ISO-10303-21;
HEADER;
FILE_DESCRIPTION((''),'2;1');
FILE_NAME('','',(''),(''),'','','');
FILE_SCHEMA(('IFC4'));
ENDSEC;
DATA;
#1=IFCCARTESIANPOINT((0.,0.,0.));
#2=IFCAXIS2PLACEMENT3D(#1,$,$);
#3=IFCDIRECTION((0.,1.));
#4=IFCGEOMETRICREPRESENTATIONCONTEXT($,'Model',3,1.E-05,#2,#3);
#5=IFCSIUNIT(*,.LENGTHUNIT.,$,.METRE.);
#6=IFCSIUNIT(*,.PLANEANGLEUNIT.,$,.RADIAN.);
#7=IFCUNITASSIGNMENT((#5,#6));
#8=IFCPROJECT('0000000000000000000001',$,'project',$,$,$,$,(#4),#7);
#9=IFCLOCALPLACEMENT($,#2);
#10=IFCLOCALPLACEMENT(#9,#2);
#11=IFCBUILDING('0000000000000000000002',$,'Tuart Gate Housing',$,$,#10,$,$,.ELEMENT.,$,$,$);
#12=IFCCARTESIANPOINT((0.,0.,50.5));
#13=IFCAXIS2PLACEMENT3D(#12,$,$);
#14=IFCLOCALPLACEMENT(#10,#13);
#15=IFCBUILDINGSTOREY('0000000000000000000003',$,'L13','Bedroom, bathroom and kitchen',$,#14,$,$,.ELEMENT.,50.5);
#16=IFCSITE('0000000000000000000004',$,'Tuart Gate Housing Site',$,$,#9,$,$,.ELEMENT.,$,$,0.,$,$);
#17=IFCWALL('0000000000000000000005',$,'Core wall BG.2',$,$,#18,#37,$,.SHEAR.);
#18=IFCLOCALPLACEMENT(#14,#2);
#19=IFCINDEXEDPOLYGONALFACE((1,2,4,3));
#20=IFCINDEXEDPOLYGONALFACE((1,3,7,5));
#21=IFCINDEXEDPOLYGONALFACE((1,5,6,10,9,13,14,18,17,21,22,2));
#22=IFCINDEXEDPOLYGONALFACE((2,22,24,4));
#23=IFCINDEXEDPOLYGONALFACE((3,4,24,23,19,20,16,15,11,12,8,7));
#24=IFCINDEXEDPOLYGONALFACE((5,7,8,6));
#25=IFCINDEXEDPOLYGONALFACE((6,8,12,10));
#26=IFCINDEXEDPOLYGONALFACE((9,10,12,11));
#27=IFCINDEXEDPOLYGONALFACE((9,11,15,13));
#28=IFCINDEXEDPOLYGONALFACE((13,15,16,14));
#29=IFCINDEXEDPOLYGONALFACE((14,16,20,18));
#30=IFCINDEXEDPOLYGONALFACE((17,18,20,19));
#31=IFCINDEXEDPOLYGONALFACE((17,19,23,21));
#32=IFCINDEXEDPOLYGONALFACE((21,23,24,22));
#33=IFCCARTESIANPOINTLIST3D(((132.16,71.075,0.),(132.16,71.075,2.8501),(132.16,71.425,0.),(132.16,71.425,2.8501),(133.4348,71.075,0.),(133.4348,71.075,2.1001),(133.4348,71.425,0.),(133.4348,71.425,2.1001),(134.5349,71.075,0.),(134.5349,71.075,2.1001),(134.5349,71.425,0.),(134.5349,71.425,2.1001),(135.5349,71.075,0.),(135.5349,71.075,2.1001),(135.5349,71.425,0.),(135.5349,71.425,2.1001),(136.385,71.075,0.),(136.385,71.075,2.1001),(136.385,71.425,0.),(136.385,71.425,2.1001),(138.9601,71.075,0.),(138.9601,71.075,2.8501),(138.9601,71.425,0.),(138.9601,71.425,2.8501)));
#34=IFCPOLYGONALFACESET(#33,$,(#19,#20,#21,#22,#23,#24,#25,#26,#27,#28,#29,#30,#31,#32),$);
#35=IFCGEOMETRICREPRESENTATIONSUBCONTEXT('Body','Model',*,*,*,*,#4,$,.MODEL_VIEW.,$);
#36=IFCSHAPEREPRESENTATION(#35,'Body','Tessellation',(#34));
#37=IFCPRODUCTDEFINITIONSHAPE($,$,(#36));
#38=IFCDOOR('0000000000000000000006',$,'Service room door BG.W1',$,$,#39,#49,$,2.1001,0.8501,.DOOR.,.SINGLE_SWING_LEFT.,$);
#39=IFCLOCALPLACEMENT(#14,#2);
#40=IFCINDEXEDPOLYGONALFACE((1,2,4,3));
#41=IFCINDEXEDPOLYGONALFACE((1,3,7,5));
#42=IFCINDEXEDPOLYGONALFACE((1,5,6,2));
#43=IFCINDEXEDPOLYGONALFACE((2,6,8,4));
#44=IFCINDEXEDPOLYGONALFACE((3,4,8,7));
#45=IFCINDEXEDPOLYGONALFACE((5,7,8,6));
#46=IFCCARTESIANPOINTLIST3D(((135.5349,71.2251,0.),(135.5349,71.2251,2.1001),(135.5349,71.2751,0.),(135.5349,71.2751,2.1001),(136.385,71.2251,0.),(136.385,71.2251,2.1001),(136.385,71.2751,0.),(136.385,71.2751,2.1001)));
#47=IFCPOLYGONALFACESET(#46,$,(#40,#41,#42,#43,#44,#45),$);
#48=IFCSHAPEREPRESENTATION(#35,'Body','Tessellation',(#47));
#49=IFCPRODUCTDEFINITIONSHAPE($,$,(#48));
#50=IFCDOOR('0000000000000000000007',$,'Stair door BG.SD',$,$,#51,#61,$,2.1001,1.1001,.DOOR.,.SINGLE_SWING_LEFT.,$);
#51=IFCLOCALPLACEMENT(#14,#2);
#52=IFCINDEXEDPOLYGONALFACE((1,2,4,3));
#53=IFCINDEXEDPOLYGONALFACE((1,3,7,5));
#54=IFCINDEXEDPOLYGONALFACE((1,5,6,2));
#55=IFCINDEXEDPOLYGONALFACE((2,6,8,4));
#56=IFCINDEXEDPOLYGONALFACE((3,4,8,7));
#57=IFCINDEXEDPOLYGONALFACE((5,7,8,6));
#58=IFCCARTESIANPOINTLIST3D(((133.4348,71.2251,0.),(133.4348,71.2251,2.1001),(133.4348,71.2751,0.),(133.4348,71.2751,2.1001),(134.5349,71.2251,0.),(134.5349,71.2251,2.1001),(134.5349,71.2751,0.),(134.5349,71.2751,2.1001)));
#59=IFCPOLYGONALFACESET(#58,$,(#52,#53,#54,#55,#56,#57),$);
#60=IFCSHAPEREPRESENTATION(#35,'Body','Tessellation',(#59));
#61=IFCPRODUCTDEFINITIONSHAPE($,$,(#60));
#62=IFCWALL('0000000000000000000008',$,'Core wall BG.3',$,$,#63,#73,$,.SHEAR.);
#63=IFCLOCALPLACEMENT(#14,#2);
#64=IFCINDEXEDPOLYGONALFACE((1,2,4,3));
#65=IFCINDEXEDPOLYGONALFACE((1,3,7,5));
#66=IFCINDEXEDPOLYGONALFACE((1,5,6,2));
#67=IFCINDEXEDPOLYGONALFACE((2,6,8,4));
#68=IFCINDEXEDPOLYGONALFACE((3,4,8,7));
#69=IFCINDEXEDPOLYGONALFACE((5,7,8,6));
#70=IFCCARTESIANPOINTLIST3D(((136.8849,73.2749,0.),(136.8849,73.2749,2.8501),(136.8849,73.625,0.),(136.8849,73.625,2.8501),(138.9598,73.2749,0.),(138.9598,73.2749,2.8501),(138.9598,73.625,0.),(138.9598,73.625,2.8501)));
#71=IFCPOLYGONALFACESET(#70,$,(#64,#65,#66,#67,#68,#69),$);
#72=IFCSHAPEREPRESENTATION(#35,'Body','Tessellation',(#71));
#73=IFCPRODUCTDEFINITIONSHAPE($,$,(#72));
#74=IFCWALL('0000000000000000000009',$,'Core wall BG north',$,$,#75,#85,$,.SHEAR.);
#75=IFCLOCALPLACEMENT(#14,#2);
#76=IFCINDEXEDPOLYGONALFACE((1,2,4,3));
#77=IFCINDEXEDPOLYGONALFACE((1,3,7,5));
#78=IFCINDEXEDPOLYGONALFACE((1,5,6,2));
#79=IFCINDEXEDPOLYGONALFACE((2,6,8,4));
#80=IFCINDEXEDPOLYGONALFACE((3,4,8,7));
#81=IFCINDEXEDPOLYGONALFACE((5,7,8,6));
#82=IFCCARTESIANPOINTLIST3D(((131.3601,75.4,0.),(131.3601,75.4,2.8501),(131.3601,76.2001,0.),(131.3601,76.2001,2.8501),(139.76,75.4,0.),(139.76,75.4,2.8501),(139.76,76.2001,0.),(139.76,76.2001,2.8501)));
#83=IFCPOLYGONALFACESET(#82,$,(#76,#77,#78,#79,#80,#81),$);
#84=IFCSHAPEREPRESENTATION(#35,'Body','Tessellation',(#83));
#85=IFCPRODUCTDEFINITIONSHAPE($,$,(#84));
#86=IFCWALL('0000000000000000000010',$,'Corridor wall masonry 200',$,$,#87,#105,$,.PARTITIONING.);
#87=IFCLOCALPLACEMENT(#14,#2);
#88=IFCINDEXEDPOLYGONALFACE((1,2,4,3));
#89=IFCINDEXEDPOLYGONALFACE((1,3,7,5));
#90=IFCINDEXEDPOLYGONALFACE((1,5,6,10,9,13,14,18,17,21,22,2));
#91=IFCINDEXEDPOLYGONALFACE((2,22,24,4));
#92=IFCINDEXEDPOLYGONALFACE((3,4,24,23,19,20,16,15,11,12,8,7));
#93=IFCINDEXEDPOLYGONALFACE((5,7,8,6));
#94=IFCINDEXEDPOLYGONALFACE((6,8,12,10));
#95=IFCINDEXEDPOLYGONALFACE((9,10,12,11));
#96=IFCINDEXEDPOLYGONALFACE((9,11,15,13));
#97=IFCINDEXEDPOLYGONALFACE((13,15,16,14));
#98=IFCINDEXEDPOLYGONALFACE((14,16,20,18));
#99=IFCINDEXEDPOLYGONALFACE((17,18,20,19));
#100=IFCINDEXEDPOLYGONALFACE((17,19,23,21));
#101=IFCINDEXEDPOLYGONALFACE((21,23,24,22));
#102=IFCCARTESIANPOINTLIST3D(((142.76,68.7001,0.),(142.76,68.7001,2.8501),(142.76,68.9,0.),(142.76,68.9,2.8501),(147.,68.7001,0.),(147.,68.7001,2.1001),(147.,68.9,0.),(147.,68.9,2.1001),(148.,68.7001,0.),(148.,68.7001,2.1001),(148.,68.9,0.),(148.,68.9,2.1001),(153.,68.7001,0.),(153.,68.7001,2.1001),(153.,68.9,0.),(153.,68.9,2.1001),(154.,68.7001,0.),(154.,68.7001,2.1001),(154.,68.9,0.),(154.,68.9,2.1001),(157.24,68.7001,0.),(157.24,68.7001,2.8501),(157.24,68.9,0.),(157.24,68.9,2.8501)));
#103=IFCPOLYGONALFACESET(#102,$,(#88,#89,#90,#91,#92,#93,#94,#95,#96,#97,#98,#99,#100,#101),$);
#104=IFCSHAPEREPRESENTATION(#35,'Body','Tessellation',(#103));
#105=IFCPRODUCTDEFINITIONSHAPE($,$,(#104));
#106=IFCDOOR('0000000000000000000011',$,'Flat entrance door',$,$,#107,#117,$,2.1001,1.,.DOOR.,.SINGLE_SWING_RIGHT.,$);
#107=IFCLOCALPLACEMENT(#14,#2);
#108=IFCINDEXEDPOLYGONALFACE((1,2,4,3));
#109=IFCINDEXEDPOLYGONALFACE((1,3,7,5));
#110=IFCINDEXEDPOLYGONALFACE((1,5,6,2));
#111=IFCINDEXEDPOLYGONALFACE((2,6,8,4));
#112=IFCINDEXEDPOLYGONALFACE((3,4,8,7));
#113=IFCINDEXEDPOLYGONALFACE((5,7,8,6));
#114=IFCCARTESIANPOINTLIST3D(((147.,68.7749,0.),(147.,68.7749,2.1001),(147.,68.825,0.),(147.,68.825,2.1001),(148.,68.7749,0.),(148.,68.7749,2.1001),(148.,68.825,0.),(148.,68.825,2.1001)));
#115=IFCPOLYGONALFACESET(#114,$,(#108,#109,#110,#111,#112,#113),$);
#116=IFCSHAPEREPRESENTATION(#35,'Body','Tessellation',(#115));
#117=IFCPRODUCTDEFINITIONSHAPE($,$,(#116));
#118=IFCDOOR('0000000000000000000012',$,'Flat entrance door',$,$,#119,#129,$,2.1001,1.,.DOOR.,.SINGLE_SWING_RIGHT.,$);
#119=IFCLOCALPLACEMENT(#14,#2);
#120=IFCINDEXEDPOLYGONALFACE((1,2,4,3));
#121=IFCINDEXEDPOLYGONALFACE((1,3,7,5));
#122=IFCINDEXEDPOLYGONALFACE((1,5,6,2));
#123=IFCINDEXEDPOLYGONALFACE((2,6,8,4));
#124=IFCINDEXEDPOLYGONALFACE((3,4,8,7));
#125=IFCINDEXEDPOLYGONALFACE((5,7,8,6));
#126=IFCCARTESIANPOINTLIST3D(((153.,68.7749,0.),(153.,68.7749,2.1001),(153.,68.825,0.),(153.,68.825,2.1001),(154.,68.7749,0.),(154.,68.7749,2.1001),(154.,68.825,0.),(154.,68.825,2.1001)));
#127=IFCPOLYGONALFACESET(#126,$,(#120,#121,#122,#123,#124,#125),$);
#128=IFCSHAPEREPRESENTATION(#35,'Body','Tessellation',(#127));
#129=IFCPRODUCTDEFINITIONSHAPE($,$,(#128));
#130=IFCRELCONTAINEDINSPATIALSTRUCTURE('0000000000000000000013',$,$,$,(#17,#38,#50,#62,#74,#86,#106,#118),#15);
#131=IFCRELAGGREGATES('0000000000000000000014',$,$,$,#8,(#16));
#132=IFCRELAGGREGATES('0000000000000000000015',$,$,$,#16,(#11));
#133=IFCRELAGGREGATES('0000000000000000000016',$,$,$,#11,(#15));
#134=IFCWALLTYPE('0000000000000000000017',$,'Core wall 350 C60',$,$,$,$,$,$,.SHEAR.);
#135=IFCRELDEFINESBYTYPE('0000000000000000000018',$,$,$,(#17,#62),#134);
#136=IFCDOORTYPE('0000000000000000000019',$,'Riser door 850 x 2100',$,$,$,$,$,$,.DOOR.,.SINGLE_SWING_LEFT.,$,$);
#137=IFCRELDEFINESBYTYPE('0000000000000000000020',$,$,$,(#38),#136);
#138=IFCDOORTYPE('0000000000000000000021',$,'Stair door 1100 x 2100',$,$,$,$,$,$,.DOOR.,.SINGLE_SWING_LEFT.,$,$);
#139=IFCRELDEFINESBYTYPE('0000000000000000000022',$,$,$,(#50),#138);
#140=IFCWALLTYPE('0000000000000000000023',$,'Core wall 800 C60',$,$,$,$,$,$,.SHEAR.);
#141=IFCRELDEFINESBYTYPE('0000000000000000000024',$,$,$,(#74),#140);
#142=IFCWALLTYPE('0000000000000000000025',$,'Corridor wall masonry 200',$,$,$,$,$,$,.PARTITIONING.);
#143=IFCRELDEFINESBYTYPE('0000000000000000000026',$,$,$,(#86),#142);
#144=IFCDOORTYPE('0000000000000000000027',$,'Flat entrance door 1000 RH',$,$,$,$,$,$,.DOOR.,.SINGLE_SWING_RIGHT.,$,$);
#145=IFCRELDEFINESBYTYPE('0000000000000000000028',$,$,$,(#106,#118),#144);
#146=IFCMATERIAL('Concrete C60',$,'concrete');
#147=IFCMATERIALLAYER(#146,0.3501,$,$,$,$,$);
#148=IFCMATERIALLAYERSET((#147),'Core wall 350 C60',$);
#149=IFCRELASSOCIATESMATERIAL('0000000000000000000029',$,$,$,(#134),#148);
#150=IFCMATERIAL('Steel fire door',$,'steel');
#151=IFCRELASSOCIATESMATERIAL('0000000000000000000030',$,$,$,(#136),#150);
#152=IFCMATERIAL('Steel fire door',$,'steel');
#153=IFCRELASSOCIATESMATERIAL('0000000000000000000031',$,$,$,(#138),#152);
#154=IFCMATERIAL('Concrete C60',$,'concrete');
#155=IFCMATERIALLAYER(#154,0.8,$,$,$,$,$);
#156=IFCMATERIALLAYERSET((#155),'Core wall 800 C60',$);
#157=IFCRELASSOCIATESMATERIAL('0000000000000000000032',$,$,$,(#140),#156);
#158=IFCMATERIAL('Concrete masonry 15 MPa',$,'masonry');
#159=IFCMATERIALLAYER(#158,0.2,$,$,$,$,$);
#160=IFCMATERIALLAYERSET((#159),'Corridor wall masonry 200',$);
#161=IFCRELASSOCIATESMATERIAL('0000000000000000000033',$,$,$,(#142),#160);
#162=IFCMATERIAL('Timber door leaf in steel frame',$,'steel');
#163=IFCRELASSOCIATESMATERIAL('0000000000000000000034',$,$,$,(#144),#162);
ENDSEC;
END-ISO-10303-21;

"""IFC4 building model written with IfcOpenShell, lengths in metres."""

from ifc_helpers import new_model, si_unit, direction, frame, frame_2d, origin, place, context, subcontext, project, spatial, rectangle, extrude, material, layer, layer_set, type_object, element, fill, save


model = new_model("IFC4")

# Units and contexts
model_context = context("Model", 3, precision=1e-05, world=origin(), true_north=direction((0.0, 1.0)))
body_context = subcontext(model_context, "Body", "Model", "MODEL_VIEW")
ifc_project = project(units=[si_unit("LENGTHUNIT", "METRE"), si_unit("PLANEANGLEUNIT", "RADIAN")], contexts=[model_context])

# Site, building, storey
site_placement = place(None, origin())
site = spatial("IfcSite", under=ifc_project, at=site_placement, Name="Tuart Gate Housing Site", CompositionType="ELEMENT", RefElevation=0.0)
building_placement = place(site_placement, origin())
building = spatial("IfcBuilding", under=site, at=building_placement, Name="Tuart Gate Housing", CompositionType="ELEMENT")
storey_placement = place(building_placement, frame((0.0, 0.0, 50.5)))
storey = spatial("IfcBuildingStorey", under=building, at=storey_placement, Name="L13", Description="Bedroom, bathroom and kitchen", CompositionType="ELEMENT", Elevation=50.5)

# Wall, openings, doors
ifc_material_1 = material(Name="Concrete C60", Category="concrete")
ifc_layer_1 = layer(ifc_material_1, 0.3501)
ifc_layer_set_1 = layer_set([ifc_layer_1], Name="Core wall 350 C60")
wall_type_1 = type_object("IfcWallType", Name="Core wall 350 C60", PredefinedType="SHEAR", material=ifc_layer_set_1)
wall_1_placement = place(storey_placement, frame((138.96, 71.25, 0.0), z_axis=(0.0, 0.0, 1.0), x_axis=(-1.0, 0.0, 0.0)))
wall_1 = element("IfcWall", 1, at=wall_1_placement, inside=storey, type_object=wall_type_1, Name="Core wall BG.2", PredefinedType="SHEAR", context=body_context, shape_type="SweptSolid", body=[
    extrude(rectangle(XDim=6.8, YDim=0.3501, at=frame_2d((3.3999, 0.0))), origin(), (0.0, 0.0, 1.0), 2.8501),
])
opening_1_placement = place(wall_1_placement, frame((4.425, 0.0, 0.0)))
opening_1 = element("IfcOpeningElement", 2, at=opening_1_placement, cuts=wall_1, PredefinedType="OPENING", context=body_context, shape_type="SweptSolid", body=[
    extrude(rectangle(XDim=1.1001, YDim=2.1001, at=frame_2d((0.55, 1.05))), frame((0.0, 0.1851, 0.0), z_axis=(0.0, -1.0, 0.0), x_axis=(1.0, 0.0, 0.0)), (0.0, 0.0, 1.0), 0.3701),
])
opening_2_placement = place(wall_1_placement, frame((2.575, 0.0, 0.0)))
opening_2 = element("IfcOpeningElement", 3, at=opening_2_placement, cuts=wall_1, PredefinedType="OPENING", context=body_context, shape_type="SweptSolid", body=[
    extrude(rectangle(XDim=0.8501, YDim=2.1001, at=frame_2d((0.425, 1.05))), frame((0.0, 0.1851, 0.0), z_axis=(0.0, -1.0, 0.0), x_axis=(1.0, 0.0, 0.0)), (0.0, 0.0, 1.0), 0.3701),
])
ifc_material_2 = material(Name="Steel fire door", Category="steel")
door_type_1 = type_object("IfcDoorType", Name="Riser door 850 x 2100", OperationType="SINGLE_SWING_LEFT", PredefinedType="DOOR", material=ifc_material_2)
door_1_placement = place(opening_2_placement, origin())
door_1 = element("IfcDoor", 4, at=door_1_placement, inside=storey, type_object=door_type_1, Name="Service room door BG.W1", OperationType="SINGLE_SWING_LEFT", OverallHeight=2.1001, OverallWidth=0.8501, PredefinedType="DOOR", context=body_context, shape_type="SweptSolid", body=[
    extrude(rectangle(XDim=0.8501, YDim=2.1001, at=frame_2d((0.425, 1.05))), frame((0.0, 0.0249, 0.0), z_axis=(0.0, -1.0, 0.0), x_axis=(1.0, 0.0, 0.0)), (0.0, 0.0, 1.0), 0.05),
])
fill(opening_2, door_1)
ifc_material_3 = material(Name="Steel fire door", Category="steel")
door_type_2 = type_object("IfcDoorType", Name="Stair door 1100 x 2100", OperationType="SINGLE_SWING_LEFT", PredefinedType="DOOR", material=ifc_material_3)
door_2_placement = place(opening_1_placement, origin())
door_2 = element("IfcDoor", 5, at=door_2_placement, inside=storey, type_object=door_type_2, Name="Stair door BG.SD", OperationType="SINGLE_SWING_LEFT", OverallHeight=2.1001, OverallWidth=1.1001, PredefinedType="DOOR", context=body_context, shape_type="SweptSolid", body=[
    extrude(rectangle(XDim=1.1001, YDim=2.1001, at=frame_2d((0.55, 1.05))), frame((0.0, 0.0249, 0.0), z_axis=(0.0, -1.0, 0.0), x_axis=(1.0, 0.0, 0.0)), (0.0, 0.0, 1.0), 0.05),
])
fill(opening_1, door_2)

# Walls
wall_2_placement = place(storey_placement, frame((138.96, 73.45, 0.0), z_axis=(0.0, 0.0, 1.0), x_axis=(-1.0, 0.0, 0.0)))
element("IfcWall", 6, at=wall_2_placement, inside=storey, type_object=wall_type_1, Name="Core wall BG.3", PredefinedType="SHEAR", context=body_context, shape_type="SweptSolid", body=[
    extrude(rectangle(XDim=2.075, YDim=0.3501, at=frame_2d((1.0376, 0.0))), origin(), (0.0, 0.0, 1.0), 2.8501),
])
ifc_material_4 = material(Name="Concrete C60", Category="concrete")
ifc_layer_2 = layer(ifc_material_4, 0.8)
ifc_layer_set_2 = layer_set([ifc_layer_2], Name="Core wall 800 C60")
wall_type_2 = type_object("IfcWallType", Name="Core wall 800 C60", PredefinedType="SHEAR", material=ifc_layer_set_2)
wall_3_placement = place(storey_placement, frame((139.76, 75.8, 0.0), z_axis=(0.0, 0.0, 1.0), x_axis=(-1.0, 0.0, 0.0)))
element("IfcWall", 7, at=wall_3_placement, inside=storey, type_object=wall_type_2, Name="Core wall BG north", PredefinedType="SHEAR", context=body_context, shape_type="SweptSolid", body=[
    extrude(rectangle(XDim=8.3999, YDim=0.8, at=frame_2d((4.2, 0.0))), origin(), (0.0, 0.0, 1.0), 2.8501),
])

# Wall, openings, doors
ifc_material_5 = material(Name="Concrete masonry 15 MPa", Category="masonry")
ifc_layer_3 = layer(ifc_material_5, 0.2)
ifc_layer_set_3 = layer_set([ifc_layer_3], Name="Corridor wall masonry 200")
wall_type_3 = type_object("IfcWallType", Name="Corridor wall masonry 200", PredefinedType="PARTITIONING", material=ifc_layer_set_3)
wall_4_placement = place(storey_placement, frame((142.76, 68.8, 0.0), z_axis=(0.0, 0.0, 1.0), x_axis=(1.0, 0.0, 0.0)))
wall_4 = element("IfcWall", 8, at=wall_4_placement, inside=storey, type_object=wall_type_3, Name="Corridor wall masonry 200", PredefinedType="PARTITIONING", context=body_context, shape_type="SweptSolid", body=[
    extrude(rectangle(XDim=14.48, YDim=0.2, at=frame_2d((7.24, 0.0))), origin(), (0.0, 0.0, 1.0), 2.8501),
])
opening_3_placement = place(wall_4_placement, frame((4.24, 0.0, 0.0)))
opening_3 = element("IfcOpeningElement", 9, at=opening_3_placement, cuts=wall_4, PredefinedType="OPENING", context=body_context, shape_type="SweptSolid", body=[
    extrude(rectangle(XDim=1.0, YDim=2.1001, at=frame_2d((0.5, 1.05))), frame((0.0, 0.1099, 0.0), z_axis=(0.0, -1.0, 0.0), x_axis=(1.0, 0.0, 0.0)), (0.0, 0.0, 1.0), 0.22),
])
opening_4_placement = place(wall_4_placement, frame((10.24, 0.0, 0.0)))
opening_4 = element("IfcOpeningElement", 10, at=opening_4_placement, cuts=wall_4, PredefinedType="OPENING", context=body_context, shape_type="SweptSolid", body=[
    extrude(rectangle(XDim=1.0, YDim=2.1001, at=frame_2d((0.5, 1.05))), frame((0.0, 0.1099, 0.0), z_axis=(0.0, -1.0, 0.0), x_axis=(1.0, 0.0, 0.0)), (0.0, 0.0, 1.0), 0.22),
])
ifc_material_6 = material(Name="Timber door leaf in steel frame", Category="steel")
door_type_3 = type_object("IfcDoorType", Name="Flat entrance door 1000 RH", OperationType="SINGLE_SWING_RIGHT", PredefinedType="DOOR", material=ifc_material_6)
door_3_placement = place(opening_3_placement, frame((1.0, 0.0, 0.0), z_axis=(0.0, 0.0, 1.0), x_axis=(-1.0, 0.0, 0.0)))
door_3 = element("IfcDoor", 11, at=door_3_placement, inside=storey, type_object=door_type_3, Name="Flat entrance door", OperationType="SINGLE_SWING_RIGHT", OverallHeight=2.1001, OverallWidth=1.0, PredefinedType="DOOR", context=body_context, shape_type="SweptSolid", body=[
    extrude(rectangle(XDim=1.0, YDim=2.1001, at=frame_2d((0.5, 1.05))), frame((0.0, 0.0251, 0.0), z_axis=(0.0, -1.0, 0.0), x_axis=(1.0, 0.0, 0.0)), (0.0, 0.0, 1.0), 0.05),
])
fill(opening_3, door_3)
door_4_placement = place(opening_4_placement, frame((1.0, 0.0, 0.0), z_axis=(0.0, 0.0, 1.0), x_axis=(-1.0, 0.0, 0.0)))
door_4 = element("IfcDoor", 12, at=door_4_placement, inside=storey, type_object=door_type_3, Name="Flat entrance door", OperationType="SINGLE_SWING_RIGHT", OverallHeight=2.1001, OverallWidth=1.0, PredefinedType="DOOR", context=body_context, shape_type="SweptSolid", body=[
    extrude(rectangle(XDim=1.0, YDim=2.1001, at=frame_2d((0.5, 1.05))), frame((0.0, 0.0251, 0.0), z_axis=(0.0, -1.0, 0.0), x_axis=(1.0, 0.0, 0.0)), (0.0, 0.0, 1.0), 0.05),
])
fill(opening_4, door_4)

save(model, "model.ifc")
